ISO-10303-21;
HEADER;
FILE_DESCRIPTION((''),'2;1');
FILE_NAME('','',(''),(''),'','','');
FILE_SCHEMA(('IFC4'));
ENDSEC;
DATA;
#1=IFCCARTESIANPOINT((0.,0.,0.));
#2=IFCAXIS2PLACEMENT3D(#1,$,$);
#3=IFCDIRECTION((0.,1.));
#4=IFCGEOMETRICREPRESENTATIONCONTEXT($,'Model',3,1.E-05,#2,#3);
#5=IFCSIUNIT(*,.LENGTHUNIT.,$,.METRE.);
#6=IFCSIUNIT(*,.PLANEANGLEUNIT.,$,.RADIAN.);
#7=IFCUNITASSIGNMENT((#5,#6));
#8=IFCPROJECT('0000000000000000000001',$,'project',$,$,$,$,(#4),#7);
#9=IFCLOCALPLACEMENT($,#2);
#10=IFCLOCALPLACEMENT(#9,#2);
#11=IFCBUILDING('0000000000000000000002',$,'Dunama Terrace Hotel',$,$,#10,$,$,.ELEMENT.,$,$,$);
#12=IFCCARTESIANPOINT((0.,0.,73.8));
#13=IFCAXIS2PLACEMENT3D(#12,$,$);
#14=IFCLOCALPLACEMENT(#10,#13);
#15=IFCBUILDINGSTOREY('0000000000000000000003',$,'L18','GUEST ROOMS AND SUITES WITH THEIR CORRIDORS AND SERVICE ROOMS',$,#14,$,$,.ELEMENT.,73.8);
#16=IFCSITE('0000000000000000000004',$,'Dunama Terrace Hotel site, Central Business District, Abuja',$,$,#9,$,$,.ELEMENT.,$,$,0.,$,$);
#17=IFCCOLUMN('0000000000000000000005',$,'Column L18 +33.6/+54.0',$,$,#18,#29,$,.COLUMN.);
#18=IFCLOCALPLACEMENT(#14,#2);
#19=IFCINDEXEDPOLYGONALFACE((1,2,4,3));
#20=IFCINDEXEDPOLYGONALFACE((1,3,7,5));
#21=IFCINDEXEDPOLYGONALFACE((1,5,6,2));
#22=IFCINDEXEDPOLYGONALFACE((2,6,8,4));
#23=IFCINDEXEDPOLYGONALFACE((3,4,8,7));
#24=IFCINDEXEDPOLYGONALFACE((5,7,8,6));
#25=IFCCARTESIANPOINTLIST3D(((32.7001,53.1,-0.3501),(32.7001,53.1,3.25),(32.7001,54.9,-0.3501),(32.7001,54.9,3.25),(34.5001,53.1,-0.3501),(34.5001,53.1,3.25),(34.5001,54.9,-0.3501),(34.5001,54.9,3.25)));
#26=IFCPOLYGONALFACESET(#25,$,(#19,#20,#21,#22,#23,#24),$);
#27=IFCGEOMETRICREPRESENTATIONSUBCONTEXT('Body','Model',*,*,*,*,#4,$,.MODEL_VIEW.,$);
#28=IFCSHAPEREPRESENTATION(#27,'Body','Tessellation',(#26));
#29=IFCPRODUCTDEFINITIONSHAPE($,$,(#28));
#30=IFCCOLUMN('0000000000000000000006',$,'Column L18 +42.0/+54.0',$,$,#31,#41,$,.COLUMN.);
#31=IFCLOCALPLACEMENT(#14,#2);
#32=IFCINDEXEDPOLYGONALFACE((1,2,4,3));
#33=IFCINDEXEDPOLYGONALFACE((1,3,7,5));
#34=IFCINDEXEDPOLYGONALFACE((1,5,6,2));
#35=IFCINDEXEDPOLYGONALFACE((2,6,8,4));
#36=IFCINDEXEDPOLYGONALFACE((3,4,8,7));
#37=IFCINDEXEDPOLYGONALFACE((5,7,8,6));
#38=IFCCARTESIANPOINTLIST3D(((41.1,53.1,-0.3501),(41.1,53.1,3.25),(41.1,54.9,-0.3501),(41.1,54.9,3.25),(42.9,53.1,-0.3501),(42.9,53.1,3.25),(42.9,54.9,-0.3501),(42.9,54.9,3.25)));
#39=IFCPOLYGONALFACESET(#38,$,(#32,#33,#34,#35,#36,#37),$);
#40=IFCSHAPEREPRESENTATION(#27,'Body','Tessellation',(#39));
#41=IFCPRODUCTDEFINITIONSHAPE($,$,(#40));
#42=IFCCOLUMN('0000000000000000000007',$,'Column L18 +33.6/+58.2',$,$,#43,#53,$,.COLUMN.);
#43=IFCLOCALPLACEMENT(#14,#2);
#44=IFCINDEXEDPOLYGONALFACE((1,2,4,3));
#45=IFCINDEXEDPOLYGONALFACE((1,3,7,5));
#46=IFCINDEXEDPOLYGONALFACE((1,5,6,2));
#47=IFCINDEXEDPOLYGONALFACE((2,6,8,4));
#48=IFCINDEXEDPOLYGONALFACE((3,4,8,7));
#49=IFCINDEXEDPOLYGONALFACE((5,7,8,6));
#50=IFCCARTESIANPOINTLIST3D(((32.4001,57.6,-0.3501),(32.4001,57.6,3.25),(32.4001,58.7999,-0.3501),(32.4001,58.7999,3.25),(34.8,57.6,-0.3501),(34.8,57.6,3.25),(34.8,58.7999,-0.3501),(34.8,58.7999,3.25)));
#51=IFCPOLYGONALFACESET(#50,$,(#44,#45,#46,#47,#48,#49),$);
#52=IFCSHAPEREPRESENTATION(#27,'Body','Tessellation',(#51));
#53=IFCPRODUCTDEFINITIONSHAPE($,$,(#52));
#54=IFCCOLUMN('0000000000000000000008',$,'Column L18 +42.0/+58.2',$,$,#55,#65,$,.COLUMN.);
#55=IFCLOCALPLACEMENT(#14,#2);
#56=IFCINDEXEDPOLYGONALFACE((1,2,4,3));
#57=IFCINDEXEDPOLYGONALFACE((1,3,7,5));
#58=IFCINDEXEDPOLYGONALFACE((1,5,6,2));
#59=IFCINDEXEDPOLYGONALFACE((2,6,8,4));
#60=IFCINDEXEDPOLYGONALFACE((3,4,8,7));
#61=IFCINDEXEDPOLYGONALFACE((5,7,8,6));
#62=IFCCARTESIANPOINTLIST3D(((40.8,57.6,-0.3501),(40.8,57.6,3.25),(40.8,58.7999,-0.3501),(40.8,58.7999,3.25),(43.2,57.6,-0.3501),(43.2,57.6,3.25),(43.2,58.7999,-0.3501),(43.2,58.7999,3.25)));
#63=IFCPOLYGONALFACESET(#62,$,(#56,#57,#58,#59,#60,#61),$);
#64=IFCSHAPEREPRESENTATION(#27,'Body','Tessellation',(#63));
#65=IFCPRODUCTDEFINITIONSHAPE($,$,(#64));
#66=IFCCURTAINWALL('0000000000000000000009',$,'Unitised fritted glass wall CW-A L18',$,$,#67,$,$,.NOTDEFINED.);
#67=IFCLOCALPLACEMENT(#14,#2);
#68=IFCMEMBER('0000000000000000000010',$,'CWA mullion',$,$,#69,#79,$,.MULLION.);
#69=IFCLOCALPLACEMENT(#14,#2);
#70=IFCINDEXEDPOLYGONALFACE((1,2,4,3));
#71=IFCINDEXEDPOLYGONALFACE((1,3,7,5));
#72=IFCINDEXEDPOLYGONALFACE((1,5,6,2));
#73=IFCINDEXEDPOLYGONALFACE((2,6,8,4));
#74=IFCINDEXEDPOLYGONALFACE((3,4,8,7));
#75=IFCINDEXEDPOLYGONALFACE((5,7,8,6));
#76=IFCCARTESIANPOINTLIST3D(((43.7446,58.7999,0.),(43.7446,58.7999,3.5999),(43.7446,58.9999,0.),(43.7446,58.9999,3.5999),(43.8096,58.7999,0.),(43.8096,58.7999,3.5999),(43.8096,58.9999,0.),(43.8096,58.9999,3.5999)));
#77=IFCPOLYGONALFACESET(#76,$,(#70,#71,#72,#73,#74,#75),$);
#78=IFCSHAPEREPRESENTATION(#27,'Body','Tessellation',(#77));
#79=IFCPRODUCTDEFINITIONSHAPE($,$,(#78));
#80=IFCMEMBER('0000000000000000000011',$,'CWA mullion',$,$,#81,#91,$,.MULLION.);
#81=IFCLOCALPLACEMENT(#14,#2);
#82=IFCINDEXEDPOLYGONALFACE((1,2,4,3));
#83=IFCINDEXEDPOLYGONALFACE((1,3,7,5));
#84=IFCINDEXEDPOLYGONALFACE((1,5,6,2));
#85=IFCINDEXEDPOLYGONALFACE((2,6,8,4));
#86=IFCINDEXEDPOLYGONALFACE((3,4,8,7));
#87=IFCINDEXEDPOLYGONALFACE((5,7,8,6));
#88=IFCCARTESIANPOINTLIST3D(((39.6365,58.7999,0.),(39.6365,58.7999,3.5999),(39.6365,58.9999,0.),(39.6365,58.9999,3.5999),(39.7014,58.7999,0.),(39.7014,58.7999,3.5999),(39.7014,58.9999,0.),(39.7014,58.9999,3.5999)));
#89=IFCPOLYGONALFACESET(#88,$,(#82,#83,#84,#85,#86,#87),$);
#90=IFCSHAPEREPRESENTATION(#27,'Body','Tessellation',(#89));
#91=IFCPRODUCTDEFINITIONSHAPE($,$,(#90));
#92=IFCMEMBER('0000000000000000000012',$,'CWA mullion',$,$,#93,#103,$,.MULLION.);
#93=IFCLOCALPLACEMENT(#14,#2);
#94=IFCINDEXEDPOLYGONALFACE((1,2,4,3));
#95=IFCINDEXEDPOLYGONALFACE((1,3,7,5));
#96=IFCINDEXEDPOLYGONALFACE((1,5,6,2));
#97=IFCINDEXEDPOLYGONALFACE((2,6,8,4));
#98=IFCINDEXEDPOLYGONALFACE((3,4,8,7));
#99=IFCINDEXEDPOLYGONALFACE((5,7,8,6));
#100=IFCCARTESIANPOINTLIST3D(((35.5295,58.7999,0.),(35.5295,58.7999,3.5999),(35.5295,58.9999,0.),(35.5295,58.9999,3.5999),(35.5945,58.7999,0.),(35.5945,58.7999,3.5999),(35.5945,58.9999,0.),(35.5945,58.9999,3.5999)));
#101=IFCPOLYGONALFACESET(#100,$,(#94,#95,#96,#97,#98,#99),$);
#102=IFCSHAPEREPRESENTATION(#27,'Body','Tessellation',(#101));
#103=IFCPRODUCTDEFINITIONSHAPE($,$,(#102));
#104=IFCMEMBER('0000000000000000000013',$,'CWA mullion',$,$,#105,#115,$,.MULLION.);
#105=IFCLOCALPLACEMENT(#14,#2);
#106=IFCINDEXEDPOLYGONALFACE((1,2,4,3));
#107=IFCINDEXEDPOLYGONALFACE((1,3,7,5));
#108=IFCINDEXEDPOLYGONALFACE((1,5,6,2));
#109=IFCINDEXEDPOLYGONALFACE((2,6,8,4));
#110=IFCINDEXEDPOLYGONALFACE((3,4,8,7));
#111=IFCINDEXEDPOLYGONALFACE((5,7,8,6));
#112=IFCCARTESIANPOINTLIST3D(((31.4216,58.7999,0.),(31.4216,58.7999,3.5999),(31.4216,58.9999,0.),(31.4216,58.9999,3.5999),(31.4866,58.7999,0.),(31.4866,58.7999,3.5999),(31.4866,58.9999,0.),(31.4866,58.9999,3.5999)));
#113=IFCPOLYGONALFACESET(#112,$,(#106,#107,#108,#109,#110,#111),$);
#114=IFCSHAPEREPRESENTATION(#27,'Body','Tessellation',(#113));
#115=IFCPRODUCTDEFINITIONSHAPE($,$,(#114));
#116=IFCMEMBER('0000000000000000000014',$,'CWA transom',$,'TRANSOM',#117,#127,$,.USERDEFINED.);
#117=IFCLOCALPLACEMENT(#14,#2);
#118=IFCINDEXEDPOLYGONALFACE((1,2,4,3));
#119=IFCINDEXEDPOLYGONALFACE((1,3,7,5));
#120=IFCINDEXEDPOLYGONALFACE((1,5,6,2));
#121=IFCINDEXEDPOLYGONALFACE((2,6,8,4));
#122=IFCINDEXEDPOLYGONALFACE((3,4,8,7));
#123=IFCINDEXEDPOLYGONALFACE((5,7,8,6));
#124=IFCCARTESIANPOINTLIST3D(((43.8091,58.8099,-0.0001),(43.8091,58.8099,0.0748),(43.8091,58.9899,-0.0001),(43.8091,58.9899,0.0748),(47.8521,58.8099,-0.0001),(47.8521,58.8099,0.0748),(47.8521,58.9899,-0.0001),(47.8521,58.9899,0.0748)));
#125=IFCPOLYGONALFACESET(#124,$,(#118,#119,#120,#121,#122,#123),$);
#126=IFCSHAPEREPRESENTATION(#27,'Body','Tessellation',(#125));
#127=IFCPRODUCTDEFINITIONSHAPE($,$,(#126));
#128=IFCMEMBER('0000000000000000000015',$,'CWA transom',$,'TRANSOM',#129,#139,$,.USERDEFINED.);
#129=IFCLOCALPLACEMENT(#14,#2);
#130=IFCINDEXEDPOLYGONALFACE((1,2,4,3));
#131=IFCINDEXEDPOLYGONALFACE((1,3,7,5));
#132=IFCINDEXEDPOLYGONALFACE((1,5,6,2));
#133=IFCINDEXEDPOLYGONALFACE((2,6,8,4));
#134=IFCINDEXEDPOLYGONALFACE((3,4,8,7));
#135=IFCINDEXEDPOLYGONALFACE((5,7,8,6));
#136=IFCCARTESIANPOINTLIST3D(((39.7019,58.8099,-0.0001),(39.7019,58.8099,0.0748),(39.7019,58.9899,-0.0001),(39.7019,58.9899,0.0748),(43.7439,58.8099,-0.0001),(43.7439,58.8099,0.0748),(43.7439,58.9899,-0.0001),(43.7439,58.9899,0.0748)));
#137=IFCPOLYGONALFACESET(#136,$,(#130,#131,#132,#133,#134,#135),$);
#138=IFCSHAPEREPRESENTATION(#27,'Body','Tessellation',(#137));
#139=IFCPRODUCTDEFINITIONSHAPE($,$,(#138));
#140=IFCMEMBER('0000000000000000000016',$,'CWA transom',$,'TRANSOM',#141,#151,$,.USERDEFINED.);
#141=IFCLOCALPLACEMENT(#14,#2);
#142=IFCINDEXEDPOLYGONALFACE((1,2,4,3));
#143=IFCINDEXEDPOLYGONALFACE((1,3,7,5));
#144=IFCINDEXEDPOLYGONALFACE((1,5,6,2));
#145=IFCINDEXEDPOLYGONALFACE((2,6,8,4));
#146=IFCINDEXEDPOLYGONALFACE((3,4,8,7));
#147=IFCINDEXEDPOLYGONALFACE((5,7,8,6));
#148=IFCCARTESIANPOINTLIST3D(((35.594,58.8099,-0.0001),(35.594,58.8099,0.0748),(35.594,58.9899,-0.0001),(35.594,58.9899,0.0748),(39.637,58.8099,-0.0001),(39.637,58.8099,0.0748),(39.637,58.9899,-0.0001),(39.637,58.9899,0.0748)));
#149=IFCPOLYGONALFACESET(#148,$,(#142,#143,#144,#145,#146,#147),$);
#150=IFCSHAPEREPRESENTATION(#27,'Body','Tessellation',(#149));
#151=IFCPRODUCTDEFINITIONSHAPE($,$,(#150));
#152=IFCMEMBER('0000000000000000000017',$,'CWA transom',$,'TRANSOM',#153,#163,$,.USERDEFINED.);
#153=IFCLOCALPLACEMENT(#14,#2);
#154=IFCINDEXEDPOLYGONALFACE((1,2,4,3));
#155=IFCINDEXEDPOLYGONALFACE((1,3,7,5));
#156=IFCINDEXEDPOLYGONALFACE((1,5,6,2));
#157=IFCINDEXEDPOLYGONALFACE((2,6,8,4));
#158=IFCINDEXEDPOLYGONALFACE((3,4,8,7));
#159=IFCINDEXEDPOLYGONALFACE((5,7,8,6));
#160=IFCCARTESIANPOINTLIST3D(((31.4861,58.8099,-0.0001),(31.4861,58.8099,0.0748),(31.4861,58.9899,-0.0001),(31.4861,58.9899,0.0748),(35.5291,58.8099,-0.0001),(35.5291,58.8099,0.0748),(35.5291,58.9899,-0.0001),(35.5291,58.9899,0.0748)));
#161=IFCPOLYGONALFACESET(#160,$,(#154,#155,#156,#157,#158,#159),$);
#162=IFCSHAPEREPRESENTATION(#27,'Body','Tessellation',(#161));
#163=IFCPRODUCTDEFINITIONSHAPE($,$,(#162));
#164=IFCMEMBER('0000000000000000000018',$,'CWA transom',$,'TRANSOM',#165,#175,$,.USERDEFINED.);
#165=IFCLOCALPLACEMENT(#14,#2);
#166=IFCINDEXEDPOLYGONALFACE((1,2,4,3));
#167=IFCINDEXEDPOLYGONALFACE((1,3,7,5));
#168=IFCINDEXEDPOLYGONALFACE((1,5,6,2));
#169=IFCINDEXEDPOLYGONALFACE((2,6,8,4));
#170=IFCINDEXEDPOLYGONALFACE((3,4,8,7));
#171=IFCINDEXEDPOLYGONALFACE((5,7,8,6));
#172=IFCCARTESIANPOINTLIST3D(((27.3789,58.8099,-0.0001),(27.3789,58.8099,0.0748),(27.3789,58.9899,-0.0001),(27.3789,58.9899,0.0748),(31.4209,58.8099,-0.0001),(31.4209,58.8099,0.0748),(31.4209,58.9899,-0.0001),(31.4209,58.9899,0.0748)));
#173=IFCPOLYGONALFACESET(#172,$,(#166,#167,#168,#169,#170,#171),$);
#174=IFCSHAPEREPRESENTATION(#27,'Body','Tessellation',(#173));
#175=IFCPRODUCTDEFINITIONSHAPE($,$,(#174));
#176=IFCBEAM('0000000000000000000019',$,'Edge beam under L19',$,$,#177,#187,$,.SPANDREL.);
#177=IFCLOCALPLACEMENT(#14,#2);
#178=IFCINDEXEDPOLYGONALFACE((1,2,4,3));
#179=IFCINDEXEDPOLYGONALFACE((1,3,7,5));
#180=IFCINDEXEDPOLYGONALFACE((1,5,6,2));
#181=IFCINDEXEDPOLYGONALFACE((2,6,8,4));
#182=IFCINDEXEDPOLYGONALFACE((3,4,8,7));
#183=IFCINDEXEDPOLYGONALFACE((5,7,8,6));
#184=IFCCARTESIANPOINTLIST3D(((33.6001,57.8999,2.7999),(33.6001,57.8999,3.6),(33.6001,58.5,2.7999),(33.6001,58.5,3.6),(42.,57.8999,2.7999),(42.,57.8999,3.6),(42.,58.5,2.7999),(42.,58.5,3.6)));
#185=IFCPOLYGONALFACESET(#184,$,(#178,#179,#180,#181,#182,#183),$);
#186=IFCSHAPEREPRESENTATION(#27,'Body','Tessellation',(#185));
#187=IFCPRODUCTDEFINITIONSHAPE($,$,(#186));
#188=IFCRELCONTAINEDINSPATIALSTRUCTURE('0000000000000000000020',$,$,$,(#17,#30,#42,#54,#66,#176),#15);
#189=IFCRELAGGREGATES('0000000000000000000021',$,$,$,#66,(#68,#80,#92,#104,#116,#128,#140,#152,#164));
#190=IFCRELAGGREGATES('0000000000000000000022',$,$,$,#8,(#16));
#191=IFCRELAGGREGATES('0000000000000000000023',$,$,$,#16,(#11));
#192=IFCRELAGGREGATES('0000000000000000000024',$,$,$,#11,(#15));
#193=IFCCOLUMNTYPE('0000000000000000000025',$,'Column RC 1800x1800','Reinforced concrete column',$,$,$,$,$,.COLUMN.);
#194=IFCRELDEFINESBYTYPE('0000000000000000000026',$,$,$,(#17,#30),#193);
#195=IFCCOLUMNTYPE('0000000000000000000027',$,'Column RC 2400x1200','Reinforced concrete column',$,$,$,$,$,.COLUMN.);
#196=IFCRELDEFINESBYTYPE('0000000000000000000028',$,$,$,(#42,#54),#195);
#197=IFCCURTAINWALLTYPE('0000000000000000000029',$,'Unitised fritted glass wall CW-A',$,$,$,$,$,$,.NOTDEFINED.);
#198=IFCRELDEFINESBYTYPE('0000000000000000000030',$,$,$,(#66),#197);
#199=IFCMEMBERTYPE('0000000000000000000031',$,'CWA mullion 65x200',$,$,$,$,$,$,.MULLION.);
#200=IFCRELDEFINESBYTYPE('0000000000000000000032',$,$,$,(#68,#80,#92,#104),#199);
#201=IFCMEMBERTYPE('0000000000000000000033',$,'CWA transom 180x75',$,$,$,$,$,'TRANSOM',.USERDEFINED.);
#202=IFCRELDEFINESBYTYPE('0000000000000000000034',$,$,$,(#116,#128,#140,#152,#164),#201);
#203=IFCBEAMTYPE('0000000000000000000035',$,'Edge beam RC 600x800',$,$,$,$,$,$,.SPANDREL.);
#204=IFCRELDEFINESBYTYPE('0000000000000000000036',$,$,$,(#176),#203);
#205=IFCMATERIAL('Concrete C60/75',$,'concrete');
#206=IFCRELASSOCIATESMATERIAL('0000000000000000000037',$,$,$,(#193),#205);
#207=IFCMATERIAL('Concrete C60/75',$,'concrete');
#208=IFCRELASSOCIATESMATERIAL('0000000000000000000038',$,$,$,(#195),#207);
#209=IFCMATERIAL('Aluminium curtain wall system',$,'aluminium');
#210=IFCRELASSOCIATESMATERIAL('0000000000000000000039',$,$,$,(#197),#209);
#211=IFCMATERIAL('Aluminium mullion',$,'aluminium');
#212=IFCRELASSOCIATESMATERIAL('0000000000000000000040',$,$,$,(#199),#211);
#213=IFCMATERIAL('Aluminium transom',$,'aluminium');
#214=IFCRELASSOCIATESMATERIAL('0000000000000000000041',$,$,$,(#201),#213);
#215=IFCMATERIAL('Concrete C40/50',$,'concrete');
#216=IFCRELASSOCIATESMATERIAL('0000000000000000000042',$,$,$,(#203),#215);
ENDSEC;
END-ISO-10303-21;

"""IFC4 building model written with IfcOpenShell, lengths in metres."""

from ifc_helpers import new_model, si_unit, direction, frame, origin, origin_2d, place, context, subcontext, project, spatial, rectangle, extrude, material, material_profile, profile_set, type_object, element, aggregate, save


model = new_model("IFC4")

# Units and contexts
model_context = context("Model", 3, precision=1e-05, world=origin(), true_north=direction((0.0, 1.0)))
body_context = subcontext(model_context, "Body", "Model", "MODEL_VIEW")
ifc_project = project(units=[si_unit("LENGTHUNIT", "METRE"), si_unit("PLANEANGLEUNIT", "RADIAN")], contexts=[model_context])

# Site, building, storey
site_placement = place(None, origin())
site = spatial("IfcSite", under=ifc_project, at=site_placement, Name="Dunama Terrace Hotel site, Central Business District, Abuja", CompositionType="ELEMENT", RefElevation=0.0)
building_placement = place(site_placement, origin())
building = spatial("IfcBuilding", under=site, at=building_placement, Name="Dunama Terrace Hotel", CompositionType="ELEMENT")
storey_placement = place(building_placement, frame((0.0, 0.0, 73.8)))
storey = spatial("IfcBuildingStorey", under=building, at=storey_placement, Name="L18", Description="GUEST ROOMS AND SUITES WITH THEIR CORRIDORS AND SERVICE ROOMS", CompositionType="ELEMENT", Elevation=73.8)

# Columns
ifc_material_1 = material(Name="Concrete C60/75", Category="concrete")
ifc_material_profile_1 = material_profile(ifc_material_1, rectangle(XDim=1.8, YDim=1.8, at=origin_2d()), Name="RC 1800x1800")
ifc_profile_set_1 = profile_set([ifc_material_profile_1], Name="Concrete C60/75")
column_type_1 = type_object("IfcColumnType", Name="Column RC 1800x1800", Description="Reinforced concrete column", PredefinedType="COLUMN", material=ifc_profile_set_1)
for number, where, z_axis, x_axis, name in (
    (1, (33.6001, 54.0, -0.3501), (0.0, 0.0, 1.0), (1.0, 0.0, 0.0), "Column L18 +33.6/+54.0"),
    (2, (42.0, 54.0, -0.3501), (0.0, 0.0, 1.0), (1.0, 0.0, 0.0), "Column L18 +42.0/+54.0"),
):
    element("IfcColumn", number, at=place(storey_placement, frame(where, z_axis=z_axis, x_axis=x_axis)), inside=storey, type_object=column_type_1, Name=name, PredefinedType="COLUMN", context=body_context, shape_type="SweptSolid", body=[
        extrude(rectangle(XDim=1.8, YDim=1.8, at=origin_2d()), origin(), (0.0, 0.0, 1.0), 3.6001),
    ])
ifc_material_2 = material(Name="Concrete C60/75", Category="concrete")
ifc_material_profile_2 = material_profile(ifc_material_2, rectangle(XDim=2.3999, YDim=1.2, at=origin_2d()), Name="RC 2400x1200")
ifc_profile_set_2 = profile_set([ifc_material_profile_2], Name="Concrete C60/75")
column_type_2 = type_object("IfcColumnType", Name="Column RC 2400x1200", Description="Reinforced concrete column", PredefinedType="COLUMN", material=ifc_profile_set_2)
for number, where, z_axis, x_axis, name in (
    (3, (33.6001, 58.2, -0.3501), (0.0, 0.0, 1.0), (1.0, 0.0, 0.0), "Column L18 +33.6/+58.2"),
    (4, (42.0, 58.2, -0.3501), (0.0, 0.0, 1.0), (1.0, 0.0, 0.0), "Column L18 +42.0/+58.2"),
):
    element("IfcColumn", number, at=place(storey_placement, frame(where, z_axis=z_axis, x_axis=x_axis)), inside=storey, type_object=column_type_2, Name=name, PredefinedType="COLUMN", context=body_context, shape_type="SweptSolid", body=[
        extrude(rectangle(XDim=2.3999, YDim=1.2, at=origin_2d()), origin(), (0.0, 0.0, 1.0), 3.6001),
    ])

# Curtain wall, members
ifc_material_3 = material(Name="Aluminium curtain wall system", Category="aluminium")
curtain_wall_type = type_object("IfcCurtainWallType", Name="Unitised fritted glass wall CW-A", PredefinedType="NOTDEFINED", material=ifc_material_3)
curtain_wall_placement = place(storey_placement, origin())
curtain_wall = element("IfcCurtainWall", 5, at=curtain_wall_placement, inside=storey, type_object=curtain_wall_type, Name="Unitised fritted glass wall CW-A L18", PredefinedType="NOTDEFINED")
ifc_material_4 = material(Name="Aluminium mullion", Category="aluminium")
ifc_material_profile_3 = material_profile(ifc_material_4, rectangle(XDim=0.0649, YDim=0.2, at=origin_2d()), Name="CWA MULLION 65X200")
ifc_profile_set_3 = profile_set([ifc_material_profile_3], Name="Aluminium mullion")
member_type_1 = type_object("IfcMemberType", Name="CWA mullion 65x200", PredefinedType="MULLION", material=ifc_profile_set_3)
member_1_placement = place(storey_placement, frame((43.7771, 58.8999, 0.0), z_axis=(0.0, 0.0, 1.0), x_axis=(-1.0, 0.0, 0.0)))
member_1 = element("IfcMember", 6, at=member_1_placement, type_object=member_type_1, Name="CWA mullion", PredefinedType="MULLION", context=body_context, shape_type="SweptSolid", body=[
    extrude(rectangle(XDim=0.0649, YDim=0.2, at=origin_2d()), origin(), (0.0, 0.0, 1.0), 3.5999),
])
member_2_placement = place(storey_placement, frame((39.6689, 58.8999, 0.0), z_axis=(0.0, 0.0, 1.0), x_axis=(-1.0, 0.0, 0.0)))
member_2 = element("IfcMember", 7, at=member_2_placement, type_object=member_type_1, Name="CWA mullion", PredefinedType="MULLION", context=body_context, shape_type="SweptSolid", body=[
    extrude(rectangle(XDim=0.0649, YDim=0.2, at=origin_2d()), origin(), (0.0, 0.0, 1.0), 3.5999),
])
member_3_placement = place(storey_placement, frame((35.562, 58.8999, 0.0), z_axis=(0.0, 0.0, 1.0), x_axis=(-1.0, 0.0, 0.0)))
member_3 = element("IfcMember", 8, at=member_3_placement, type_object=member_type_1, Name="CWA mullion", PredefinedType="MULLION", context=body_context, shape_type="SweptSolid", body=[
    extrude(rectangle(XDim=0.0649, YDim=0.2, at=origin_2d()), origin(), (0.0, 0.0, 1.0), 3.5999),
])
member_4_placement = place(storey_placement, frame((31.4541, 58.8999, 0.0), z_axis=(0.0, 0.0, 1.0), x_axis=(-1.0, 0.0, 0.0)))
member_4 = element("IfcMember", 9, at=member_4_placement, type_object=member_type_1, Name="CWA mullion", PredefinedType="MULLION", context=body_context, shape_type="SweptSolid", body=[
    extrude(rectangle(XDim=0.0649, YDim=0.2, at=origin_2d()), origin(), (0.0, 0.0, 1.0), 3.5999),
])
ifc_material_5 = material(Name="Aluminium transom", Category="aluminium")
ifc_material_profile_4 = material_profile(ifc_material_5, rectangle(XDim=0.1799, YDim=0.075, at=origin_2d()), Name="CWA TRANSOM 180X75")
ifc_profile_set_4 = profile_set([ifc_material_profile_4], Name="Aluminium transom")
member_type_2 = type_object("IfcMemberType", Name="CWA transom 180x75", ElementType="TRANSOM", PredefinedType="USERDEFINED", material=ifc_profile_set_4)
member_5_placement = place(storey_placement, frame((47.8521, 58.8999, 0.0374), z_axis=(-1.0, 0.0, 0.0), x_axis=(0.0, -1.0, 0.0)))
member_5 = element("IfcMember", 10, at=member_5_placement, type_object=member_type_2, Name="CWA transom", ObjectType="TRANSOM", PredefinedType="USERDEFINED", context=body_context, shape_type="SweptSolid", body=[
    extrude(rectangle(XDim=0.1799, YDim=0.075, at=origin_2d()), origin(), (0.0, 0.0, 1.0), 4.043),
])
member_6_placement = place(storey_placement, frame((43.7439, 58.8999, 0.0374), z_axis=(-1.0, 0.0, 0.0), x_axis=(0.0, -1.0, 0.0)))
member_6 = element("IfcMember", 11, at=member_6_placement, type_object=member_type_2, Name="CWA transom", ObjectType="TRANSOM", PredefinedType="USERDEFINED", context=body_context, shape_type="SweptSolid", body=[
    extrude(rectangle(XDim=0.1799, YDim=0.075, at=origin_2d()), origin(), (0.0, 0.0, 1.0), 4.042),
])
member_7_placement = place(storey_placement, frame((39.637, 58.8999, 0.0374), z_axis=(-1.0, 0.0, 0.0), x_axis=(0.0, -1.0, 0.0)))
member_7 = element("IfcMember", 12, at=member_7_placement, type_object=member_type_2, Name="CWA transom", ObjectType="TRANSOM", PredefinedType="USERDEFINED", context=body_context, shape_type="SweptSolid", body=[
    extrude(rectangle(XDim=0.1799, YDim=0.075, at=origin_2d()), origin(), (0.0, 0.0, 1.0), 4.043),
])
member_8_placement = place(storey_placement, frame((35.5291, 58.8999, 0.0374), z_axis=(-1.0, 0.0, 0.0), x_axis=(0.0, -1.0, 0.0)))
member_8 = element("IfcMember", 13, at=member_8_placement, type_object=member_type_2, Name="CWA transom", ObjectType="TRANSOM", PredefinedType="USERDEFINED", context=body_context, shape_type="SweptSolid", body=[
    extrude(rectangle(XDim=0.1799, YDim=0.075, at=origin_2d()), origin(), (0.0, 0.0, 1.0), 4.043),
])
member_9_placement = place(storey_placement, frame((31.4209, 58.8999, 0.0374), z_axis=(-1.0, 0.0, 0.0), x_axis=(0.0, -1.0, 0.0)))
member_9 = element("IfcMember", 14, at=member_9_placement, type_object=member_type_2, Name="CWA transom", ObjectType="TRANSOM", PredefinedType="USERDEFINED", context=body_context, shape_type="SweptSolid", body=[
    extrude(rectangle(XDim=0.1799, YDim=0.075, at=origin_2d()), origin(), (0.0, 0.0, 1.0), 4.042),
])

# Beam
ifc_material_6 = material(Name="Concrete C40/50", Category="concrete")
ifc_material_profile_5 = material_profile(ifc_material_6, rectangle(XDim=0.6001, YDim=0.8, at=origin_2d()), Name="RC 600x800")
ifc_profile_set_5 = profile_set([ifc_material_profile_5], Name="Concrete C40/50")
beam_type = type_object("IfcBeamType", Name="Edge beam RC 600x800", PredefinedType="SPANDREL", material=ifc_profile_set_5)
for number, where, z_axis, x_axis, name in (
    (15, (33.6001, 58.2, 3.2), (1.0, 0.0, 0.0), (0.0, 1.0, 0.0), "Edge beam under L19"),
):
    element("IfcBeam", number, at=place(storey_placement, frame(where, z_axis=z_axis, x_axis=x_axis)), inside=storey, type_object=beam_type, Name=name, PredefinedType="SPANDREL", context=body_context, shape_type="SweptSolid", body=[
        extrude(rectangle(XDim=0.6001, YDim=0.8, at=origin_2d()), origin(), (0.0, 0.0, 1.0), 8.3999),
    ])

aggregate(curtain_wall, [member_1, member_2, member_3, member_4, member_5, member_6, member_7, member_8, member_9])

save(model, "model.ifc")
